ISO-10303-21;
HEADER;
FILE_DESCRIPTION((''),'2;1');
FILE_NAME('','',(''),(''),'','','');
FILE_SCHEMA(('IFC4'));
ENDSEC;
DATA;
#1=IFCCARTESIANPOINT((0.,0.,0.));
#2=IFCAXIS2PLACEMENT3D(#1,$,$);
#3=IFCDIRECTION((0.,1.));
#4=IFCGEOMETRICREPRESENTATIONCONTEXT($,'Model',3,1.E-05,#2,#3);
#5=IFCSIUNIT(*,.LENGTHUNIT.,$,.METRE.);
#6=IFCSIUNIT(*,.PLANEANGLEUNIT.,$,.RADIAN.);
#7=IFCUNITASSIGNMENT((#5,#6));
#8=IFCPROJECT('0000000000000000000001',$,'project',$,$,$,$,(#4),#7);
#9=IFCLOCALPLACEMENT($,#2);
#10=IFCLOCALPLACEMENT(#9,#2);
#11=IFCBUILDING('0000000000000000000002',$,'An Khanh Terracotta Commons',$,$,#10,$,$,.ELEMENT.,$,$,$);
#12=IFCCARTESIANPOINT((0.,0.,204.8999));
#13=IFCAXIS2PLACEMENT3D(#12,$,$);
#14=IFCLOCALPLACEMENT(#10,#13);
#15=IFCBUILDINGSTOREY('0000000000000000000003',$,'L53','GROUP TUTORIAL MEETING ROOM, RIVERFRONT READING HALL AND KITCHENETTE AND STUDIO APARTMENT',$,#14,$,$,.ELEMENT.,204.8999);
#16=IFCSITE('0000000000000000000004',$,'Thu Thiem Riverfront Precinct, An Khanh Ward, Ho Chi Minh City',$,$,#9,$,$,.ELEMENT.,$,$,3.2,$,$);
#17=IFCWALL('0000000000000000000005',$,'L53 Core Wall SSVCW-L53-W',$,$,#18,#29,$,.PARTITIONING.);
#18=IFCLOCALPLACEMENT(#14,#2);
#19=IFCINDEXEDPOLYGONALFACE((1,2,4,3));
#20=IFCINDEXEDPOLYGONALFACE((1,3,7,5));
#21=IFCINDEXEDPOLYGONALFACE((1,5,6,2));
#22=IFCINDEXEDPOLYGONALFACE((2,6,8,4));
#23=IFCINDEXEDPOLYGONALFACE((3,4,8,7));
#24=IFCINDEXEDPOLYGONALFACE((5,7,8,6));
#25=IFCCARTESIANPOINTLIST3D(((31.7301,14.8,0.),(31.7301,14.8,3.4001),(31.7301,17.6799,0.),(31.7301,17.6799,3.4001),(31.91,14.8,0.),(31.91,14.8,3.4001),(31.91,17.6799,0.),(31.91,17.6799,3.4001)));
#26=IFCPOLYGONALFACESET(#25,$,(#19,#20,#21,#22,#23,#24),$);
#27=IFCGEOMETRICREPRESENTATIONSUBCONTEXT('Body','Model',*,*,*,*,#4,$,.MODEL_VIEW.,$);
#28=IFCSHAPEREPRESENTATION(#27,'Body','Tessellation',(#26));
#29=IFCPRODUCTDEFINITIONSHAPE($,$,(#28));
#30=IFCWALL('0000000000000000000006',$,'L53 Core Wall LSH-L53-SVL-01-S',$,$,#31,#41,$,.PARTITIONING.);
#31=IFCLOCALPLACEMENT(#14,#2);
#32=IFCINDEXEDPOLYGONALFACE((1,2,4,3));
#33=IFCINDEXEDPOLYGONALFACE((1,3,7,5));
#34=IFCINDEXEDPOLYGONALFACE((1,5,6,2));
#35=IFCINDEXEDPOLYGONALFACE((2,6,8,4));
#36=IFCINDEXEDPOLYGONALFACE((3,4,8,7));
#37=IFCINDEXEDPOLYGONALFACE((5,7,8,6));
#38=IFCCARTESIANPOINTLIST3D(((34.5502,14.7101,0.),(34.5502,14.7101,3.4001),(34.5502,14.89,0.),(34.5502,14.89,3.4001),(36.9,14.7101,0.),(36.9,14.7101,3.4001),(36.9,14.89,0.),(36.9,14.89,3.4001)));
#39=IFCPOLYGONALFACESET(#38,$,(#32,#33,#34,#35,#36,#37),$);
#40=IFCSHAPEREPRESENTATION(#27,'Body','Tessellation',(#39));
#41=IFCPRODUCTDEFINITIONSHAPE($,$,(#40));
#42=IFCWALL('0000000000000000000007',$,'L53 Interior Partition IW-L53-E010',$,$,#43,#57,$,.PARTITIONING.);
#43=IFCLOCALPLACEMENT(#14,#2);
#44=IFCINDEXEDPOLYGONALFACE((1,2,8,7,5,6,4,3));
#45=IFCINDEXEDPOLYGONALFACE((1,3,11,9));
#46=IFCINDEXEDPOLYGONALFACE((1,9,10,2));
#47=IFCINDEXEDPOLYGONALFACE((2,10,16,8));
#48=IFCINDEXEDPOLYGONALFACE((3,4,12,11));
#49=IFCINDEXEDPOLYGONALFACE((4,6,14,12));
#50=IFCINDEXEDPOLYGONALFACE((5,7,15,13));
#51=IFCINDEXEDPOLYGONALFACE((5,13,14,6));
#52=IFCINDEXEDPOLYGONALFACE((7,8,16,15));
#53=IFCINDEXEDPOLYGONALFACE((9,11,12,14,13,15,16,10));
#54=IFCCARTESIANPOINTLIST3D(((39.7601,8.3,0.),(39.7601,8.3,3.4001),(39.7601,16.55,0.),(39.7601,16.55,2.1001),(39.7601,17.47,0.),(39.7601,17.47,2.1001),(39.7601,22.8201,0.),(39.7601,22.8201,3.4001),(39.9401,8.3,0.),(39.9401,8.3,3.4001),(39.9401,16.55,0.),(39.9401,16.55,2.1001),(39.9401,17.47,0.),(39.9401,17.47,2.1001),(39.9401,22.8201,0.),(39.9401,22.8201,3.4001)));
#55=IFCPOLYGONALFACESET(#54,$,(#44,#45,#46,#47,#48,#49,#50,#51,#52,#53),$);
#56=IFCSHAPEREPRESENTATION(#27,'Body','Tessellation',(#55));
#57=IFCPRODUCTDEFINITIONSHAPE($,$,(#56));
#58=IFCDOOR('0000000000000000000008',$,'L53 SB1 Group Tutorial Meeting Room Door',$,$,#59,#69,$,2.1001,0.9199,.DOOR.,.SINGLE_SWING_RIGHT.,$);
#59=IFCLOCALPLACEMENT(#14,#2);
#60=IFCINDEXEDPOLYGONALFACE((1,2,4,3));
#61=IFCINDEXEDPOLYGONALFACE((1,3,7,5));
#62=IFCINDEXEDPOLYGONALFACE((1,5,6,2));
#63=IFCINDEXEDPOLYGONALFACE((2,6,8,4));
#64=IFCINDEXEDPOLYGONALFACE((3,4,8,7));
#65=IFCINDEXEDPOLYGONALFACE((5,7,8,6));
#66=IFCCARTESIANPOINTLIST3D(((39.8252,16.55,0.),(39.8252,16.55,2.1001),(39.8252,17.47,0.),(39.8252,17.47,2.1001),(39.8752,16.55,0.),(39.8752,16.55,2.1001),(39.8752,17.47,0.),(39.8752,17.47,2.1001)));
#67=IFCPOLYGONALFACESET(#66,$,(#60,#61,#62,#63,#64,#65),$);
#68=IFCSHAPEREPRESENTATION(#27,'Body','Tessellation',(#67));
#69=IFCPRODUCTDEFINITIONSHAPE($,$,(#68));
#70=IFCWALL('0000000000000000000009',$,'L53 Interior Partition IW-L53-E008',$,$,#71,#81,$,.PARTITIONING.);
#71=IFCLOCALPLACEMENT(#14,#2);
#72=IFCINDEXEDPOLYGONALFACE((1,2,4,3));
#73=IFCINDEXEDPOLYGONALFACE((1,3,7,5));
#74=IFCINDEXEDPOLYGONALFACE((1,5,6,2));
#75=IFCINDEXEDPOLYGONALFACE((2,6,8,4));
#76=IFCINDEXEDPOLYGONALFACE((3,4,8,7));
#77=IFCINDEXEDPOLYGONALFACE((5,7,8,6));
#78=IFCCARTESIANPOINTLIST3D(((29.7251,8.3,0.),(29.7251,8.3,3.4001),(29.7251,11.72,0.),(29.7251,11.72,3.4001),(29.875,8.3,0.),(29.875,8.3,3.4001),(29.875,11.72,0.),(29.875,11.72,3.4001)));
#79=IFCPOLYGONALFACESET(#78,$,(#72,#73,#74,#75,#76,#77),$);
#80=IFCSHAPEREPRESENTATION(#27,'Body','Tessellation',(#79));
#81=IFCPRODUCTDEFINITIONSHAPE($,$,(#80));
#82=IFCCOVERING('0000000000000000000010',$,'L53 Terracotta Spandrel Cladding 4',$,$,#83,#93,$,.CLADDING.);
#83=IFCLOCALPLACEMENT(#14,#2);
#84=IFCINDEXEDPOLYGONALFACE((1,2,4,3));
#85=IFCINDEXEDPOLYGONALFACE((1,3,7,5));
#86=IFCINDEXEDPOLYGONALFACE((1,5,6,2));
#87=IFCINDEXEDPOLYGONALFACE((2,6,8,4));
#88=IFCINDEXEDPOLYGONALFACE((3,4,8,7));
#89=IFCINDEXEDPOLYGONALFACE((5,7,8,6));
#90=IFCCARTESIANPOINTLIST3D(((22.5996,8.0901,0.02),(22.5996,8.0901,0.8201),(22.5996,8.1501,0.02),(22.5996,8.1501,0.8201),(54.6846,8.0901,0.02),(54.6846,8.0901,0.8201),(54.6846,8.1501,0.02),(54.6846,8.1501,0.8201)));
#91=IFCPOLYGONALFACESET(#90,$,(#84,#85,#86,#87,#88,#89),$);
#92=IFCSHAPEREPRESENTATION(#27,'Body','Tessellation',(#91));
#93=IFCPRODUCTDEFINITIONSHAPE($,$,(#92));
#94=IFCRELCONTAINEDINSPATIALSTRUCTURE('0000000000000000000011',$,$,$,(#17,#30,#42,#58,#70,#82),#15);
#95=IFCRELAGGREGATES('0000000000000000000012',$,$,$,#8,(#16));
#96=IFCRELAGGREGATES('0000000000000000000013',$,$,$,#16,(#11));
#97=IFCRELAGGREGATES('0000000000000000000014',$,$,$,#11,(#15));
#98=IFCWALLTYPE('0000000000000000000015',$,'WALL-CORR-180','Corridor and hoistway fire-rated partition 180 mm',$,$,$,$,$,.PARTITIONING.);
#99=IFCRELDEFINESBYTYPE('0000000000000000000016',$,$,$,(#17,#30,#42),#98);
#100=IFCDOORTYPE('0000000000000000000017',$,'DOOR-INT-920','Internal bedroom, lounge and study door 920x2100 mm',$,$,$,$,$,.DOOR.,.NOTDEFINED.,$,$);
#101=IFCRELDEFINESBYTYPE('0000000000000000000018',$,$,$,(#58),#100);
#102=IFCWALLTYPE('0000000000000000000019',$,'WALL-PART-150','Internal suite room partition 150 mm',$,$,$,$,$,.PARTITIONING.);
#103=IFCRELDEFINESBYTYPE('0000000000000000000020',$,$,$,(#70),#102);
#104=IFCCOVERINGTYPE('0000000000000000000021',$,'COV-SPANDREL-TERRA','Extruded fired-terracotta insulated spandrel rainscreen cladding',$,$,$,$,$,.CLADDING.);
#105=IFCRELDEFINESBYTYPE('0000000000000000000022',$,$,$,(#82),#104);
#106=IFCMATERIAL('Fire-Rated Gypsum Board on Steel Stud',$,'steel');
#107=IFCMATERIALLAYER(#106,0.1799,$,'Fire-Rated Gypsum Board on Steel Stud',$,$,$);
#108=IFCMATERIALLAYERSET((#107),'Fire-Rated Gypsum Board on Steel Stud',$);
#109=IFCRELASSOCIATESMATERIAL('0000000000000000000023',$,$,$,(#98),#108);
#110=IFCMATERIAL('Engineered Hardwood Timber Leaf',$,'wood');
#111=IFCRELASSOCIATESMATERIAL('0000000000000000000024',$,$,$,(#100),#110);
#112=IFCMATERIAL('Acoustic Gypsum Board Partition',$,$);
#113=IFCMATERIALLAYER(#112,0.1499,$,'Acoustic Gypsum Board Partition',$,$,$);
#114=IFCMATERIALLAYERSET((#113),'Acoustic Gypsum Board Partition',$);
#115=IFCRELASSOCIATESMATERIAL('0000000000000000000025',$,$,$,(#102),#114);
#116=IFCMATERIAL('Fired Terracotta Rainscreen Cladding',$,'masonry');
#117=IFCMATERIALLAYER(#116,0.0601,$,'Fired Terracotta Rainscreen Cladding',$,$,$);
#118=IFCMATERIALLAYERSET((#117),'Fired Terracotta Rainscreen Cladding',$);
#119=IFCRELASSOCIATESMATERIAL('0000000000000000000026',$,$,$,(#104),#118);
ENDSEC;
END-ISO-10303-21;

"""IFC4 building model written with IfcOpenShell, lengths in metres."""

from ifc_helpers import new_model, si_unit, direction, frame, frame_2d, origin, origin_2d, place, context, subcontext, project, spatial, rectangle, extrude, material, layer, layer_set, type_object, element, fill, save


model = new_model("IFC4")

# Units and contexts
model_context = context("Model", 3, precision=1e-05, world=origin(), true_north=direction((0.0, 1.0)))
body_context = subcontext(model_context, "Body", "Model", "MODEL_VIEW")
ifc_project = project(units=[si_unit("LENGTHUNIT", "METRE"), si_unit("PLANEANGLEUNIT", "RADIAN")], contexts=[model_context])

# Site, building, storey
site_placement = place(None, origin())
site = spatial("IfcSite", under=ifc_project, at=site_placement, Name="Thu Thiem Riverfront Precinct, An Khanh Ward, Ho Chi Minh City", CompositionType="ELEMENT", RefElevation=3.2)
building_placement = place(site_placement, origin())
building = spatial("IfcBuilding", under=site, at=building_placement, Name="An Khanh Terracotta Commons", CompositionType="ELEMENT")
storey_placement = place(building_placement, frame((0.0, 0.0, 204.8999)))
storey = spatial("IfcBuildingStorey", under=building, at=storey_placement, Name="L53", Description="GROUP TUTORIAL MEETING ROOM, RIVERFRONT READING HALL AND KITCHENETTE AND STUDIO APARTMENT", CompositionType="ELEMENT", Elevation=204.8999)

# Walls
ifc_material_1 = material(Name="Fire-Rated Gypsum Board on Steel Stud", Category="steel")
ifc_layer_1 = layer(ifc_material_1, 0.1799, Name="Fire-Rated Gypsum Board on Steel Stud")
ifc_layer_set_1 = layer_set([ifc_layer_1], Name="Fire-Rated Gypsum Board on Steel Stud")
wall_type_1 = type_object("IfcWallType", Name="WALL-CORR-180", Description="Corridor and hoistway fire-rated partition 180 mm", PredefinedType="PARTITIONING", material=ifc_layer_set_1)
wall_1_placement = place(storey_placement, frame((31.8201, 14.8, 0.0), z_axis=(0.0, 0.0, 1.0), x_axis=(0.0, 1.0, 0.0)))
element("IfcWall", 1, at=wall_1_placement, inside=storey, type_object=wall_type_1, Name="L53 Core Wall SSVCW-L53-W", PredefinedType="PARTITIONING", context=body_context, shape_type="SweptSolid", body=[
    extrude(rectangle(XDim=2.8799, YDim=0.1799, at=frame_2d((1.4399, 0.0))), origin(), (0.0, 0.0, 1.0), 3.4001),
])
wall_2_placement = place(storey_placement, frame((36.8999, 14.8, 0.0), z_axis=(0.0, 0.0, 1.0), x_axis=(-1.0, 0.0, 0.0)))
element("IfcWall", 2, at=wall_2_placement, inside=storey, type_object=wall_type_1, Name="L53 Core Wall LSH-L53-SVL-01-S", PredefinedType="PARTITIONING", context=body_context, shape_type="SweptSolid", body=[
    extrude(rectangle(XDim=2.3499, YDim=0.1799, at=frame_2d((1.1748, 0.0))), origin(), (0.0, 0.0, 1.0), 3.4001),
])

# Wall, opening, door
wall_3_placement = place(storey_placement, frame((39.8501, 8.3, 0.0), z_axis=(0.0, 0.0, 1.0), x_axis=(0.0, 1.0, 0.0)))
wall_3 = element("IfcWall", 3, at=wall_3_placement, inside=storey, type_object=wall_type_1, Name="L53 Interior Partition IW-L53-E010", PredefinedType="PARTITIONING", context=body_context, shape_type="SweptSolid", body=[
    extrude(rectangle(XDim=14.52, YDim=0.1799, at=frame_2d((7.26, 0.0))), origin(), (0.0, 0.0, 1.0), 3.4001),
])
opening_1_placement = place(wall_3_placement, frame((8.25, 0.0, 0.0)))
opening_1 = element("IfcOpeningElement", 4, at=opening_1_placement, cuts=wall_3, PredefinedType="OPENING", context=body_context, shape_type="SweptSolid", body=[
    extrude(rectangle(XDim=0.9199, YDim=2.1001, at=frame_2d((0.46, 1.05))), frame((0.0, 0.0999, 0.0), z_axis=(0.0, -1.0, 0.0), x_axis=(1.0, 0.0, 0.0)), (0.0, 0.0, 1.0), 0.2),
])
ifc_material_2 = material(Name="Engineered Hardwood Timber Leaf", Category="wood")
door_type_1 = type_object("IfcDoorType", Name="DOOR-INT-920", Description="Internal bedroom, lounge and study door 920x2100 mm", OperationType="NOTDEFINED", PredefinedType="DOOR", material=ifc_material_2)
door_1_placement = place(opening_1_placement, origin())
door_1 = element("IfcDoor", 5, at=door_1_placement, inside=storey, type_object=door_type_1, Name="L53 SB1 Group Tutorial Meeting Room Door", OperationType="SINGLE_SWING_RIGHT", OverallHeight=2.1001, OverallWidth=0.9199, PredefinedType="DOOR", context=body_context, shape_type="SweptSolid", body=[
    extrude(rectangle(XDim=0.9199, YDim=2.1001, at=frame_2d((0.46, 1.05))), frame((0.0, 0.0249, 0.0), z_axis=(0.0, -1.0, 0.0), x_axis=(1.0, 0.0, 0.0)), (0.0, 0.0, 1.0), 0.05),
])
fill(opening_1, door_1)

# Wall
ifc_material_3 = material(Name="Acoustic Gypsum Board Partition")
ifc_layer_2 = layer(ifc_material_3, 0.1499, Name="Acoustic Gypsum Board Partition")
ifc_layer_set_2 = layer_set([ifc_layer_2], Name="Acoustic Gypsum Board Partition")
wall_type_2 = type_object("IfcWallType", Name="WALL-PART-150", Description="Internal suite room partition 150 mm", PredefinedType="PARTITIONING", material=ifc_layer_set_2)
wall_4_placement = place(storey_placement, frame((29.8, 8.3, 0.0), z_axis=(0.0, 0.0, 1.0), x_axis=(0.0, 1.0, 0.0)))
element("IfcWall", 6, at=wall_4_placement, inside=storey, type_object=wall_type_2, Name="L53 Interior Partition IW-L53-E008", PredefinedType="PARTITIONING", context=body_context, shape_type="SweptSolid", body=[
    extrude(rectangle(XDim=3.4199, YDim=0.1499, at=frame_2d((1.71, 0.0))), origin(), (0.0, 0.0, 1.0), 3.4001),
])

# Covering
ifc_material_4 = material(Name="Fired Terracotta Rainscreen Cladding", Category="masonry")
ifc_layer_3 = layer(ifc_material_4, 0.0601, Name="Fired Terracotta Rainscreen Cladding")
ifc_layer_set_3 = layer_set([ifc_layer_3], Name="Fired Terracotta Rainscreen Cladding")
covering_type = type_object("IfcCoveringType", Name="COV-SPANDREL-TERRA", Description="Extruded fired-terracotta insulated spandrel rainscreen cladding", PredefinedType="CLADDING", material=ifc_layer_set_3)
covering_placement = place(storey_placement, frame((38.6421, 8.1201, 0.02), z_axis=(0.0, 0.0, 1.0), x_axis=(1.0, 0.0, 0.0)))
element("IfcCovering", 7, at=covering_placement, inside=storey, type_object=covering_type, Name="L53 Terracotta Spandrel Cladding 4", PredefinedType="CLADDING", context=body_context, shape_type="SweptSolid", body=[
    extrude(rectangle(XDim=32.085, YDim=0.0601, at=origin_2d()), origin(), (0.0, 0.0, 1.0), 0.8),
])

save(model, "model.ifc")
